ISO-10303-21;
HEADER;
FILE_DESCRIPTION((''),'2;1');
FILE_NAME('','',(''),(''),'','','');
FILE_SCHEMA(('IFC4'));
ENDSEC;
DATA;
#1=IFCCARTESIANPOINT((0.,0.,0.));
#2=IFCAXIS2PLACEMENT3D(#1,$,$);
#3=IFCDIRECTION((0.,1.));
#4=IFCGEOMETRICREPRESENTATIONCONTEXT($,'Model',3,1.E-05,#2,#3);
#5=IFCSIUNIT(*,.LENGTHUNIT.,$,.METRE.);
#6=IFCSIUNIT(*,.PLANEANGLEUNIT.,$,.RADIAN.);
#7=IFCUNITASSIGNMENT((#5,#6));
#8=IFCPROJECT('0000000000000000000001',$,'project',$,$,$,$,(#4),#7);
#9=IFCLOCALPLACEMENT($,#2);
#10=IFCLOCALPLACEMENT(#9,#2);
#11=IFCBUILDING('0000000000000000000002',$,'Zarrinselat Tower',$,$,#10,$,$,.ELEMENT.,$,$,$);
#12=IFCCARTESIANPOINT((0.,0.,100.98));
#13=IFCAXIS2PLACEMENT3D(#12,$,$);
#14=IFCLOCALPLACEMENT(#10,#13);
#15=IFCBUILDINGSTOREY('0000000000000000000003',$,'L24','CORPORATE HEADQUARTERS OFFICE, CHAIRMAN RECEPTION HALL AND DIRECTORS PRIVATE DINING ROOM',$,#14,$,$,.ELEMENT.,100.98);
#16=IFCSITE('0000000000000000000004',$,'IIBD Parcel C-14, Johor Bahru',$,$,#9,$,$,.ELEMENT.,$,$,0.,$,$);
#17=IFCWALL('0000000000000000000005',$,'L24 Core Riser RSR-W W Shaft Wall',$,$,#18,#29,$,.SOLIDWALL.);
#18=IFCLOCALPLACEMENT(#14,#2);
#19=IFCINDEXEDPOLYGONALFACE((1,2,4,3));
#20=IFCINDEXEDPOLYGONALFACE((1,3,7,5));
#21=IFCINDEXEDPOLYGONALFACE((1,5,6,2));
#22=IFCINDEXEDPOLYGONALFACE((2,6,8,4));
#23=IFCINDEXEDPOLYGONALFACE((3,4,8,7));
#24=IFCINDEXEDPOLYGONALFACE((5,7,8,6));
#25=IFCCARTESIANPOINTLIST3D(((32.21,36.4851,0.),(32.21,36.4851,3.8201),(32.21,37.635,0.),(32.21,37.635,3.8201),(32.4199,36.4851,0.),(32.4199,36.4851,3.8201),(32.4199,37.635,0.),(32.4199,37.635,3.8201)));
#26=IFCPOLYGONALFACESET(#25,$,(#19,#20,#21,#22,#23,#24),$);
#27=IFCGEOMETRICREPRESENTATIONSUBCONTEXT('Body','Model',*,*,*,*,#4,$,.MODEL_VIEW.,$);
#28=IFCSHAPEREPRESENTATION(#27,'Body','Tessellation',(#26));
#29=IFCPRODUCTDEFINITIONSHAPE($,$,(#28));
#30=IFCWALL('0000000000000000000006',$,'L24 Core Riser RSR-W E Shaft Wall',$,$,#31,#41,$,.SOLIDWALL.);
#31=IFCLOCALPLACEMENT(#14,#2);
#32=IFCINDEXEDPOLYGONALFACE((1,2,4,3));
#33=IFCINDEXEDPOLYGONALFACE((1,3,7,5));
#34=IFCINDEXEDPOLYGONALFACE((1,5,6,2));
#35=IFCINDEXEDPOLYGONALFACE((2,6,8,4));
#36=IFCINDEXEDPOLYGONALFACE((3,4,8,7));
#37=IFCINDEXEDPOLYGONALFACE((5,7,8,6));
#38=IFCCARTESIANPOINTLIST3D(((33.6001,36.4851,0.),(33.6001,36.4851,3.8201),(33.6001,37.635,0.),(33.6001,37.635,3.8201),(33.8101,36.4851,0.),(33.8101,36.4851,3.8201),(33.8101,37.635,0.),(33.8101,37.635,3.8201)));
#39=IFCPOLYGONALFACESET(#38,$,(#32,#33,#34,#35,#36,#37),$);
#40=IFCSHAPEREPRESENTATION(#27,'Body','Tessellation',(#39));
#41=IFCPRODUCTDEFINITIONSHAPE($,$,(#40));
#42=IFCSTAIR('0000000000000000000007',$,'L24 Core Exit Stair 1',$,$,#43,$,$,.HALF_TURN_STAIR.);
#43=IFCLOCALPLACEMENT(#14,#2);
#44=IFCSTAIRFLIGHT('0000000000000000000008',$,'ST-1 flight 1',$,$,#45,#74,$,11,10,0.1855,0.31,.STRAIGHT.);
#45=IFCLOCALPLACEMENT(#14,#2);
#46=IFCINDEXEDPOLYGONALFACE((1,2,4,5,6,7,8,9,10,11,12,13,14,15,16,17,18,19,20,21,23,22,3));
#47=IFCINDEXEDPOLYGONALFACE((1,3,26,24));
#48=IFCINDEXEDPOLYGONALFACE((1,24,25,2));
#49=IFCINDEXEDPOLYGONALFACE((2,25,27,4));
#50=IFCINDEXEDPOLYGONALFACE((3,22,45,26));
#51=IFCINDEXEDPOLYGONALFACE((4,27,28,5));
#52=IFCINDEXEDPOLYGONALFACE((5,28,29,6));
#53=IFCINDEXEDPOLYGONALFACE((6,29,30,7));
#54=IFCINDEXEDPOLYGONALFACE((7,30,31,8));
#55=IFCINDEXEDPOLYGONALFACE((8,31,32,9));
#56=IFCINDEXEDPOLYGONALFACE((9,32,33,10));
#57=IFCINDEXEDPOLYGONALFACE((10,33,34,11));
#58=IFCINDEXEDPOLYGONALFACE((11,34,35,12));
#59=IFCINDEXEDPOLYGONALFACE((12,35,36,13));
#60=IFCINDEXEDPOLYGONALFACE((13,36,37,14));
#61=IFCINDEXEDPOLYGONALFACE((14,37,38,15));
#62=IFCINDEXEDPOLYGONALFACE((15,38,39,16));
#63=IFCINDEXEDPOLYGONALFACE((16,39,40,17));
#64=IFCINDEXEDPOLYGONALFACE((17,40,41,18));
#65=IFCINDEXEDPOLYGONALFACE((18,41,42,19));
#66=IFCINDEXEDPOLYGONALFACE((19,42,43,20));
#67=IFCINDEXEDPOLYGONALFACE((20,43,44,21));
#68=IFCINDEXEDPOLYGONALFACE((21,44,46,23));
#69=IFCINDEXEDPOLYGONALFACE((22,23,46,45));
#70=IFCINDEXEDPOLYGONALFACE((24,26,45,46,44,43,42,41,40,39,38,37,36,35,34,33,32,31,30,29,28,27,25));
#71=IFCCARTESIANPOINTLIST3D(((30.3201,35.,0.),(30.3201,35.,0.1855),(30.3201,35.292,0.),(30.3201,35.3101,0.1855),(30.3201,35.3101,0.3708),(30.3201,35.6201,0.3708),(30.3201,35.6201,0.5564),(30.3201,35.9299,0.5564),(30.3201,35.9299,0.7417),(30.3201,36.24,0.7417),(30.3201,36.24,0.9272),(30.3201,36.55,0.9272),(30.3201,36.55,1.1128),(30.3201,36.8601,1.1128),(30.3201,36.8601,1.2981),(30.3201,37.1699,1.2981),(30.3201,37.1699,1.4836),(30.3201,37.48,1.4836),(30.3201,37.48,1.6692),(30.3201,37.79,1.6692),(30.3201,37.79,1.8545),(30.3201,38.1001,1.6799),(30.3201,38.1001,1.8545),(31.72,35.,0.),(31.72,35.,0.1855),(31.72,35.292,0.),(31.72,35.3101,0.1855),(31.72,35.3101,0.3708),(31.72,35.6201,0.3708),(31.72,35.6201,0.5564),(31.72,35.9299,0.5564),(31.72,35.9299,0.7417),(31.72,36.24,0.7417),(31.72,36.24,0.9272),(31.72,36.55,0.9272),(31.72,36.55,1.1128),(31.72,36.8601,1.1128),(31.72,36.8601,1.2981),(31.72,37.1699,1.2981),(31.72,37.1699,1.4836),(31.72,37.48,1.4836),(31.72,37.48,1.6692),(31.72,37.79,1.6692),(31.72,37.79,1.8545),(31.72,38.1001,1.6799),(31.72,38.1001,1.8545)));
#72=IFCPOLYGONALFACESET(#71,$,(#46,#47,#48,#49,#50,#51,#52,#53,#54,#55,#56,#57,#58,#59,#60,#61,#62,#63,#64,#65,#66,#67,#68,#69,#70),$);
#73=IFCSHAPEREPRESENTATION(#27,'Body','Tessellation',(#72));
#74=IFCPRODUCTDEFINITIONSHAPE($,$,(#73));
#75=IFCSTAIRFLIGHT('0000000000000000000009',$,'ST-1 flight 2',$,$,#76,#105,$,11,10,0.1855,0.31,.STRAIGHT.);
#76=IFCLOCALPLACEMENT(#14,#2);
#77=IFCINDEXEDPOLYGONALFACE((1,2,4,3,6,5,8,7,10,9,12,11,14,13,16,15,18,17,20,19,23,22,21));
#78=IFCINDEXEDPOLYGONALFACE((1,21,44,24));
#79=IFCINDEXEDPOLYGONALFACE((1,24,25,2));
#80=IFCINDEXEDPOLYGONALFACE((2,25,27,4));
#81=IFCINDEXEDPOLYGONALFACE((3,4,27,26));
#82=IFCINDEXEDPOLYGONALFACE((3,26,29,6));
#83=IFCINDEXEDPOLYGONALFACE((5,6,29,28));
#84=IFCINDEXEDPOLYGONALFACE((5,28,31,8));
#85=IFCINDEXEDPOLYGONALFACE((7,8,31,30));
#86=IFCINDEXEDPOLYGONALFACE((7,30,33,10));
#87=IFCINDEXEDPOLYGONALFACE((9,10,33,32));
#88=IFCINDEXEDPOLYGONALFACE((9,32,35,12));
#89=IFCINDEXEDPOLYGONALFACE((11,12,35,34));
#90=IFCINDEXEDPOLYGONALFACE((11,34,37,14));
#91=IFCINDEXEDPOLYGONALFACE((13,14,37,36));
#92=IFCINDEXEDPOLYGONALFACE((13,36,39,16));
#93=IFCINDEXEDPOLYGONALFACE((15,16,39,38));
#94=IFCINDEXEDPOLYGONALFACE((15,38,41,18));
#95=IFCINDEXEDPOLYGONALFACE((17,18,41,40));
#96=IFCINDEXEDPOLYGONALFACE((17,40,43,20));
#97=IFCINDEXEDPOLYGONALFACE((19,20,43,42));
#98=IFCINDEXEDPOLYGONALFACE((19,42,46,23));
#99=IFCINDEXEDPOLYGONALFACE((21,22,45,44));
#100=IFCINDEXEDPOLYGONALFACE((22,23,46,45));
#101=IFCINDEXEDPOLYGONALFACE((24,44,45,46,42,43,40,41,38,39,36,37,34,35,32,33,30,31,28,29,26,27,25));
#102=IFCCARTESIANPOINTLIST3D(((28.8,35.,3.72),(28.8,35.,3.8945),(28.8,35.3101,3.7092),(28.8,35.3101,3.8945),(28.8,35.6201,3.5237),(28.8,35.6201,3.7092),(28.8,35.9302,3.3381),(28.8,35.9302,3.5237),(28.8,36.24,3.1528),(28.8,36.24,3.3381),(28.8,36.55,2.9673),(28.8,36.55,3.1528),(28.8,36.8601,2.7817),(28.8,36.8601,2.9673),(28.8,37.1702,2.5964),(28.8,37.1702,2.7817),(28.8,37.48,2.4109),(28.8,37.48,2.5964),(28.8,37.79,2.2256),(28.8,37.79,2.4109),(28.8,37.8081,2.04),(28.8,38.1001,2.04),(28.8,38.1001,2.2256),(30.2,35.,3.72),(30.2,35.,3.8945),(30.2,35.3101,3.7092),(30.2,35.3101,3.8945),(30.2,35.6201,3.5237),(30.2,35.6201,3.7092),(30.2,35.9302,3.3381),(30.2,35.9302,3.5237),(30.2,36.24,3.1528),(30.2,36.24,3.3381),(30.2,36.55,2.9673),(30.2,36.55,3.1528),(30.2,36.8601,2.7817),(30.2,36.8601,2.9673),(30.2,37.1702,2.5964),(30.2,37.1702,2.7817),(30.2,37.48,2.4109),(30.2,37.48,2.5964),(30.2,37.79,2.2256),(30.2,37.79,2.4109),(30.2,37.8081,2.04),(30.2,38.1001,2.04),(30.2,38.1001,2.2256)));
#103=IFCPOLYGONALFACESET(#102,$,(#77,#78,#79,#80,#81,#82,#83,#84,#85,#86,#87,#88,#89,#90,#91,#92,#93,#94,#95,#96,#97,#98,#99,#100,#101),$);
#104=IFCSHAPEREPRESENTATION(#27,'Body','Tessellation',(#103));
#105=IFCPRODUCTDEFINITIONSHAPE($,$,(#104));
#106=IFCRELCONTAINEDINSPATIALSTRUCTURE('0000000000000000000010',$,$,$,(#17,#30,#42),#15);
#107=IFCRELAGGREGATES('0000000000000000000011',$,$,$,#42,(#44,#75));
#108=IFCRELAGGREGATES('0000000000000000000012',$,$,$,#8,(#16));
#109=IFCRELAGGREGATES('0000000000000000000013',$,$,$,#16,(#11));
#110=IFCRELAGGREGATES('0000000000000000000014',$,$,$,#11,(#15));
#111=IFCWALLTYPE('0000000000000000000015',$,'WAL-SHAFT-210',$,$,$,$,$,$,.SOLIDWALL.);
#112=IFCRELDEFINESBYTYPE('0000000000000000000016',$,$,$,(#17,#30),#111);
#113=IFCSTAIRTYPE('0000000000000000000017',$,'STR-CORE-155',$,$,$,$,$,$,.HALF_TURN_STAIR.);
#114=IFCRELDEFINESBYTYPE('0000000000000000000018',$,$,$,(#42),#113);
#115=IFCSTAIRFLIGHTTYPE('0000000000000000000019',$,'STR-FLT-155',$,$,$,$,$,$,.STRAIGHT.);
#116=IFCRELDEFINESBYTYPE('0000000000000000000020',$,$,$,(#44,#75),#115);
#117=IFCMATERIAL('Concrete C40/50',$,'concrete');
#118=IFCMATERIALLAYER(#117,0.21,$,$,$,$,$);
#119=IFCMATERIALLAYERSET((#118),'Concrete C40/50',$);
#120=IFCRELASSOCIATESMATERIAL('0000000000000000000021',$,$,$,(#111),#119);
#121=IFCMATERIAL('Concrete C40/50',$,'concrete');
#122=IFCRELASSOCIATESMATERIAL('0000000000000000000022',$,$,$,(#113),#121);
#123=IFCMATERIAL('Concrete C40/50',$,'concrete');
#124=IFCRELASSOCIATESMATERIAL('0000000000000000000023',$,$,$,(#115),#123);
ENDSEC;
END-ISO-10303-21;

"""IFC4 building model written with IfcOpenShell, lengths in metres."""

from ifc_helpers import new_model, si_unit, direction, frame, frame_2d, origin, place, context, subcontext, project, spatial, polyline, rectangle, outline, extrude, material, layer, layer_set, type_object, element, aggregate, save


model = new_model("IFC4")

# Units and contexts
model_context = context("Model", 3, precision=1e-05, world=origin(), true_north=direction((0.0, 1.0)))
body_context = subcontext(model_context, "Body", "Model", "MODEL_VIEW")
ifc_project = project(units=[si_unit("LENGTHUNIT", "METRE"), si_unit("PLANEANGLEUNIT", "RADIAN")], contexts=[model_context])

# Site, building, storey
site_placement = place(None, origin())
site = spatial("IfcSite", under=ifc_project, at=site_placement, Name="IIBD Parcel C-14, Johor Bahru", CompositionType="ELEMENT", RefElevation=0.0)
building_placement = place(site_placement, origin())
building = spatial("IfcBuilding", under=site, at=building_placement, Name="Zarrinselat Tower", CompositionType="ELEMENT")
storey_placement = place(building_placement, frame((0.0, 0.0, 100.98)))
storey = spatial("IfcBuildingStorey", under=building, at=storey_placement, Name="L24", Description="CORPORATE HEADQUARTERS OFFICE, CHAIRMAN RECEPTION HALL AND DIRECTORS PRIVATE DINING ROOM", CompositionType="ELEMENT", Elevation=100.98)

# Shared definitions
ifc_material_1 = material(Name="Concrete C40/50", Category="concrete")
ifc_layer_1 = layer(ifc_material_1, 0.21)
ifc_layer_set_1 = layer_set([ifc_layer_1], Name="Concrete C40/50")
wall_type_1 = type_object("IfcWallType", Name="WAL-SHAFT-210", PredefinedType="SOLIDWALL", material=ifc_layer_set_1)

# Walls
for number, where, z_axis, x_axis, name in (
    (1, (32.3149, 36.4851, 0.0), (0.0, 0.0, 1.0), (0.0, 1.0, 0.0), "L24 Core Riser RSR-W W Shaft Wall"),
    (2, (33.7051, 36.4851, 0.0), (0.0, 0.0, 1.0), (0.0, 1.0, 0.0), "L24 Core Riser RSR-W E Shaft Wall"),
):
    element("IfcWall", number, at=place(storey_placement, frame(where, z_axis=z_axis, x_axis=x_axis)), inside=storey, type_object=wall_type_1, Name=name, PredefinedType="SOLIDWALL", context=body_context, shape_type="SweptSolid", body=[
        extrude(rectangle(XDim=1.1499, YDim=0.21, at=frame_2d((0.575, 0.0))), origin(), (0.0, 0.0, 1.0), 3.8201),
    ])

# Stair, stair flights
ifc_material_2 = material(Name="Concrete C40/50", Category="concrete")
stair_type = type_object("IfcStairType", Name="STR-CORE-155", PredefinedType="HALF_TURN_STAIR", material=ifc_material_2)
stair_placement = place(storey_placement, origin())
stair = element("IfcStair", 3, at=stair_placement, inside=storey, type_object=stair_type, Name="L24 Core Exit Stair 1", PredefinedType="HALF_TURN_STAIR")
ifc_material_3 = material(Name="Concrete C40/50", Category="concrete")
stair_flight_type = type_object("IfcStairFlightType", Name="STR-FLT-155", PredefinedType="STRAIGHT", material=ifc_material_3)
stair_flight_1_placement = place(storey_placement, frame((31.02, 35.0, 0.0), z_axis=(0.0, 0.0, 1.0), x_axis=(0.0, 1.0, 0.0)))
stair_flight_1 = element("IfcStairFlight", 4, at=stair_flight_1_placement, type_object=stair_flight_type, Name="ST-1 flight 1", NumberOfRisers=11, NumberOfTreads=10, PredefinedType="STRAIGHT", RiserHeight=0.1855, TreadLength=0.31, context=body_context, shape_type="SweptSolid", body=[
    extrude(outline(polyline([(0.0, 0.0), (0.0, 0.1855), (0.3101, 0.1855), (0.3101, 0.3708), (0.6201, 0.3708), (0.6201, 0.5564), (0.9299, 0.5564), (0.9299, 0.7417), (1.24, 0.7417), (1.24, 0.9272), (1.55, 0.9272), (1.55, 1.1128), (1.8601, 1.1128), (1.8601, 1.2981), (2.1699, 1.2981), (2.1699, 1.4836), (2.48, 1.4836), (2.48, 1.6692), (2.79, 1.6692), (2.79, 1.8545), (3.1001, 1.8545), (3.1001, 2.04), (3.1001, 1.6799), (0.292, 0.0), (0.0, 0.0)])), frame((0.0, 0.7, 0.0), z_axis=(0.0, -1.0, 0.0), x_axis=(1.0, 0.0, 0.0)), (0.0, 0.0, 1.0), 1.3999),
])
stair_flight_2_placement = place(storey_placement, frame((29.5, 38.1001, 2.04), z_axis=(0.0, 0.0, 1.0), x_axis=(0.0, -1.0, 0.0)))
stair_flight_2 = element("IfcStairFlight", 5, at=stair_flight_2_placement, type_object=stair_flight_type, Name="ST-1 flight 2", NumberOfRisers=11, NumberOfTreads=10, PredefinedType="STRAIGHT", RiserHeight=0.1855, TreadLength=0.31, context=body_context, shape_type="SweptSolid", body=[
    extrude(outline(polyline([(0.0, 0.0), (0.0, 0.1855), (0.3101, 0.1855), (0.3101, 0.3708), (0.6201, 0.3708), (0.6201, 0.5564), (0.9299, 0.5564), (0.9299, 0.7417), (1.24, 0.7417), (1.24, 0.9272), (1.55, 0.9272), (1.55, 1.1128), (1.8601, 1.1128), (1.8601, 1.2981), (2.1699, 1.2981), (2.1699, 1.4836), (2.48, 1.4836), (2.48, 1.6692), (2.79, 1.6692), (2.79, 1.8545), (3.1001, 1.8545), (3.1001, 2.04), (3.1001, 1.6799), (0.292, 0.0), (0.0, 0.0)])), frame((0.0, 0.7, 0.0), z_axis=(0.0, -1.0, 0.0), x_axis=(1.0, 0.0, 0.0)), (0.0, 0.0, 1.0), 1.3999),
])
aggregate(stair, [stair_flight_1, stair_flight_2])

save(model, "model.ifc")
